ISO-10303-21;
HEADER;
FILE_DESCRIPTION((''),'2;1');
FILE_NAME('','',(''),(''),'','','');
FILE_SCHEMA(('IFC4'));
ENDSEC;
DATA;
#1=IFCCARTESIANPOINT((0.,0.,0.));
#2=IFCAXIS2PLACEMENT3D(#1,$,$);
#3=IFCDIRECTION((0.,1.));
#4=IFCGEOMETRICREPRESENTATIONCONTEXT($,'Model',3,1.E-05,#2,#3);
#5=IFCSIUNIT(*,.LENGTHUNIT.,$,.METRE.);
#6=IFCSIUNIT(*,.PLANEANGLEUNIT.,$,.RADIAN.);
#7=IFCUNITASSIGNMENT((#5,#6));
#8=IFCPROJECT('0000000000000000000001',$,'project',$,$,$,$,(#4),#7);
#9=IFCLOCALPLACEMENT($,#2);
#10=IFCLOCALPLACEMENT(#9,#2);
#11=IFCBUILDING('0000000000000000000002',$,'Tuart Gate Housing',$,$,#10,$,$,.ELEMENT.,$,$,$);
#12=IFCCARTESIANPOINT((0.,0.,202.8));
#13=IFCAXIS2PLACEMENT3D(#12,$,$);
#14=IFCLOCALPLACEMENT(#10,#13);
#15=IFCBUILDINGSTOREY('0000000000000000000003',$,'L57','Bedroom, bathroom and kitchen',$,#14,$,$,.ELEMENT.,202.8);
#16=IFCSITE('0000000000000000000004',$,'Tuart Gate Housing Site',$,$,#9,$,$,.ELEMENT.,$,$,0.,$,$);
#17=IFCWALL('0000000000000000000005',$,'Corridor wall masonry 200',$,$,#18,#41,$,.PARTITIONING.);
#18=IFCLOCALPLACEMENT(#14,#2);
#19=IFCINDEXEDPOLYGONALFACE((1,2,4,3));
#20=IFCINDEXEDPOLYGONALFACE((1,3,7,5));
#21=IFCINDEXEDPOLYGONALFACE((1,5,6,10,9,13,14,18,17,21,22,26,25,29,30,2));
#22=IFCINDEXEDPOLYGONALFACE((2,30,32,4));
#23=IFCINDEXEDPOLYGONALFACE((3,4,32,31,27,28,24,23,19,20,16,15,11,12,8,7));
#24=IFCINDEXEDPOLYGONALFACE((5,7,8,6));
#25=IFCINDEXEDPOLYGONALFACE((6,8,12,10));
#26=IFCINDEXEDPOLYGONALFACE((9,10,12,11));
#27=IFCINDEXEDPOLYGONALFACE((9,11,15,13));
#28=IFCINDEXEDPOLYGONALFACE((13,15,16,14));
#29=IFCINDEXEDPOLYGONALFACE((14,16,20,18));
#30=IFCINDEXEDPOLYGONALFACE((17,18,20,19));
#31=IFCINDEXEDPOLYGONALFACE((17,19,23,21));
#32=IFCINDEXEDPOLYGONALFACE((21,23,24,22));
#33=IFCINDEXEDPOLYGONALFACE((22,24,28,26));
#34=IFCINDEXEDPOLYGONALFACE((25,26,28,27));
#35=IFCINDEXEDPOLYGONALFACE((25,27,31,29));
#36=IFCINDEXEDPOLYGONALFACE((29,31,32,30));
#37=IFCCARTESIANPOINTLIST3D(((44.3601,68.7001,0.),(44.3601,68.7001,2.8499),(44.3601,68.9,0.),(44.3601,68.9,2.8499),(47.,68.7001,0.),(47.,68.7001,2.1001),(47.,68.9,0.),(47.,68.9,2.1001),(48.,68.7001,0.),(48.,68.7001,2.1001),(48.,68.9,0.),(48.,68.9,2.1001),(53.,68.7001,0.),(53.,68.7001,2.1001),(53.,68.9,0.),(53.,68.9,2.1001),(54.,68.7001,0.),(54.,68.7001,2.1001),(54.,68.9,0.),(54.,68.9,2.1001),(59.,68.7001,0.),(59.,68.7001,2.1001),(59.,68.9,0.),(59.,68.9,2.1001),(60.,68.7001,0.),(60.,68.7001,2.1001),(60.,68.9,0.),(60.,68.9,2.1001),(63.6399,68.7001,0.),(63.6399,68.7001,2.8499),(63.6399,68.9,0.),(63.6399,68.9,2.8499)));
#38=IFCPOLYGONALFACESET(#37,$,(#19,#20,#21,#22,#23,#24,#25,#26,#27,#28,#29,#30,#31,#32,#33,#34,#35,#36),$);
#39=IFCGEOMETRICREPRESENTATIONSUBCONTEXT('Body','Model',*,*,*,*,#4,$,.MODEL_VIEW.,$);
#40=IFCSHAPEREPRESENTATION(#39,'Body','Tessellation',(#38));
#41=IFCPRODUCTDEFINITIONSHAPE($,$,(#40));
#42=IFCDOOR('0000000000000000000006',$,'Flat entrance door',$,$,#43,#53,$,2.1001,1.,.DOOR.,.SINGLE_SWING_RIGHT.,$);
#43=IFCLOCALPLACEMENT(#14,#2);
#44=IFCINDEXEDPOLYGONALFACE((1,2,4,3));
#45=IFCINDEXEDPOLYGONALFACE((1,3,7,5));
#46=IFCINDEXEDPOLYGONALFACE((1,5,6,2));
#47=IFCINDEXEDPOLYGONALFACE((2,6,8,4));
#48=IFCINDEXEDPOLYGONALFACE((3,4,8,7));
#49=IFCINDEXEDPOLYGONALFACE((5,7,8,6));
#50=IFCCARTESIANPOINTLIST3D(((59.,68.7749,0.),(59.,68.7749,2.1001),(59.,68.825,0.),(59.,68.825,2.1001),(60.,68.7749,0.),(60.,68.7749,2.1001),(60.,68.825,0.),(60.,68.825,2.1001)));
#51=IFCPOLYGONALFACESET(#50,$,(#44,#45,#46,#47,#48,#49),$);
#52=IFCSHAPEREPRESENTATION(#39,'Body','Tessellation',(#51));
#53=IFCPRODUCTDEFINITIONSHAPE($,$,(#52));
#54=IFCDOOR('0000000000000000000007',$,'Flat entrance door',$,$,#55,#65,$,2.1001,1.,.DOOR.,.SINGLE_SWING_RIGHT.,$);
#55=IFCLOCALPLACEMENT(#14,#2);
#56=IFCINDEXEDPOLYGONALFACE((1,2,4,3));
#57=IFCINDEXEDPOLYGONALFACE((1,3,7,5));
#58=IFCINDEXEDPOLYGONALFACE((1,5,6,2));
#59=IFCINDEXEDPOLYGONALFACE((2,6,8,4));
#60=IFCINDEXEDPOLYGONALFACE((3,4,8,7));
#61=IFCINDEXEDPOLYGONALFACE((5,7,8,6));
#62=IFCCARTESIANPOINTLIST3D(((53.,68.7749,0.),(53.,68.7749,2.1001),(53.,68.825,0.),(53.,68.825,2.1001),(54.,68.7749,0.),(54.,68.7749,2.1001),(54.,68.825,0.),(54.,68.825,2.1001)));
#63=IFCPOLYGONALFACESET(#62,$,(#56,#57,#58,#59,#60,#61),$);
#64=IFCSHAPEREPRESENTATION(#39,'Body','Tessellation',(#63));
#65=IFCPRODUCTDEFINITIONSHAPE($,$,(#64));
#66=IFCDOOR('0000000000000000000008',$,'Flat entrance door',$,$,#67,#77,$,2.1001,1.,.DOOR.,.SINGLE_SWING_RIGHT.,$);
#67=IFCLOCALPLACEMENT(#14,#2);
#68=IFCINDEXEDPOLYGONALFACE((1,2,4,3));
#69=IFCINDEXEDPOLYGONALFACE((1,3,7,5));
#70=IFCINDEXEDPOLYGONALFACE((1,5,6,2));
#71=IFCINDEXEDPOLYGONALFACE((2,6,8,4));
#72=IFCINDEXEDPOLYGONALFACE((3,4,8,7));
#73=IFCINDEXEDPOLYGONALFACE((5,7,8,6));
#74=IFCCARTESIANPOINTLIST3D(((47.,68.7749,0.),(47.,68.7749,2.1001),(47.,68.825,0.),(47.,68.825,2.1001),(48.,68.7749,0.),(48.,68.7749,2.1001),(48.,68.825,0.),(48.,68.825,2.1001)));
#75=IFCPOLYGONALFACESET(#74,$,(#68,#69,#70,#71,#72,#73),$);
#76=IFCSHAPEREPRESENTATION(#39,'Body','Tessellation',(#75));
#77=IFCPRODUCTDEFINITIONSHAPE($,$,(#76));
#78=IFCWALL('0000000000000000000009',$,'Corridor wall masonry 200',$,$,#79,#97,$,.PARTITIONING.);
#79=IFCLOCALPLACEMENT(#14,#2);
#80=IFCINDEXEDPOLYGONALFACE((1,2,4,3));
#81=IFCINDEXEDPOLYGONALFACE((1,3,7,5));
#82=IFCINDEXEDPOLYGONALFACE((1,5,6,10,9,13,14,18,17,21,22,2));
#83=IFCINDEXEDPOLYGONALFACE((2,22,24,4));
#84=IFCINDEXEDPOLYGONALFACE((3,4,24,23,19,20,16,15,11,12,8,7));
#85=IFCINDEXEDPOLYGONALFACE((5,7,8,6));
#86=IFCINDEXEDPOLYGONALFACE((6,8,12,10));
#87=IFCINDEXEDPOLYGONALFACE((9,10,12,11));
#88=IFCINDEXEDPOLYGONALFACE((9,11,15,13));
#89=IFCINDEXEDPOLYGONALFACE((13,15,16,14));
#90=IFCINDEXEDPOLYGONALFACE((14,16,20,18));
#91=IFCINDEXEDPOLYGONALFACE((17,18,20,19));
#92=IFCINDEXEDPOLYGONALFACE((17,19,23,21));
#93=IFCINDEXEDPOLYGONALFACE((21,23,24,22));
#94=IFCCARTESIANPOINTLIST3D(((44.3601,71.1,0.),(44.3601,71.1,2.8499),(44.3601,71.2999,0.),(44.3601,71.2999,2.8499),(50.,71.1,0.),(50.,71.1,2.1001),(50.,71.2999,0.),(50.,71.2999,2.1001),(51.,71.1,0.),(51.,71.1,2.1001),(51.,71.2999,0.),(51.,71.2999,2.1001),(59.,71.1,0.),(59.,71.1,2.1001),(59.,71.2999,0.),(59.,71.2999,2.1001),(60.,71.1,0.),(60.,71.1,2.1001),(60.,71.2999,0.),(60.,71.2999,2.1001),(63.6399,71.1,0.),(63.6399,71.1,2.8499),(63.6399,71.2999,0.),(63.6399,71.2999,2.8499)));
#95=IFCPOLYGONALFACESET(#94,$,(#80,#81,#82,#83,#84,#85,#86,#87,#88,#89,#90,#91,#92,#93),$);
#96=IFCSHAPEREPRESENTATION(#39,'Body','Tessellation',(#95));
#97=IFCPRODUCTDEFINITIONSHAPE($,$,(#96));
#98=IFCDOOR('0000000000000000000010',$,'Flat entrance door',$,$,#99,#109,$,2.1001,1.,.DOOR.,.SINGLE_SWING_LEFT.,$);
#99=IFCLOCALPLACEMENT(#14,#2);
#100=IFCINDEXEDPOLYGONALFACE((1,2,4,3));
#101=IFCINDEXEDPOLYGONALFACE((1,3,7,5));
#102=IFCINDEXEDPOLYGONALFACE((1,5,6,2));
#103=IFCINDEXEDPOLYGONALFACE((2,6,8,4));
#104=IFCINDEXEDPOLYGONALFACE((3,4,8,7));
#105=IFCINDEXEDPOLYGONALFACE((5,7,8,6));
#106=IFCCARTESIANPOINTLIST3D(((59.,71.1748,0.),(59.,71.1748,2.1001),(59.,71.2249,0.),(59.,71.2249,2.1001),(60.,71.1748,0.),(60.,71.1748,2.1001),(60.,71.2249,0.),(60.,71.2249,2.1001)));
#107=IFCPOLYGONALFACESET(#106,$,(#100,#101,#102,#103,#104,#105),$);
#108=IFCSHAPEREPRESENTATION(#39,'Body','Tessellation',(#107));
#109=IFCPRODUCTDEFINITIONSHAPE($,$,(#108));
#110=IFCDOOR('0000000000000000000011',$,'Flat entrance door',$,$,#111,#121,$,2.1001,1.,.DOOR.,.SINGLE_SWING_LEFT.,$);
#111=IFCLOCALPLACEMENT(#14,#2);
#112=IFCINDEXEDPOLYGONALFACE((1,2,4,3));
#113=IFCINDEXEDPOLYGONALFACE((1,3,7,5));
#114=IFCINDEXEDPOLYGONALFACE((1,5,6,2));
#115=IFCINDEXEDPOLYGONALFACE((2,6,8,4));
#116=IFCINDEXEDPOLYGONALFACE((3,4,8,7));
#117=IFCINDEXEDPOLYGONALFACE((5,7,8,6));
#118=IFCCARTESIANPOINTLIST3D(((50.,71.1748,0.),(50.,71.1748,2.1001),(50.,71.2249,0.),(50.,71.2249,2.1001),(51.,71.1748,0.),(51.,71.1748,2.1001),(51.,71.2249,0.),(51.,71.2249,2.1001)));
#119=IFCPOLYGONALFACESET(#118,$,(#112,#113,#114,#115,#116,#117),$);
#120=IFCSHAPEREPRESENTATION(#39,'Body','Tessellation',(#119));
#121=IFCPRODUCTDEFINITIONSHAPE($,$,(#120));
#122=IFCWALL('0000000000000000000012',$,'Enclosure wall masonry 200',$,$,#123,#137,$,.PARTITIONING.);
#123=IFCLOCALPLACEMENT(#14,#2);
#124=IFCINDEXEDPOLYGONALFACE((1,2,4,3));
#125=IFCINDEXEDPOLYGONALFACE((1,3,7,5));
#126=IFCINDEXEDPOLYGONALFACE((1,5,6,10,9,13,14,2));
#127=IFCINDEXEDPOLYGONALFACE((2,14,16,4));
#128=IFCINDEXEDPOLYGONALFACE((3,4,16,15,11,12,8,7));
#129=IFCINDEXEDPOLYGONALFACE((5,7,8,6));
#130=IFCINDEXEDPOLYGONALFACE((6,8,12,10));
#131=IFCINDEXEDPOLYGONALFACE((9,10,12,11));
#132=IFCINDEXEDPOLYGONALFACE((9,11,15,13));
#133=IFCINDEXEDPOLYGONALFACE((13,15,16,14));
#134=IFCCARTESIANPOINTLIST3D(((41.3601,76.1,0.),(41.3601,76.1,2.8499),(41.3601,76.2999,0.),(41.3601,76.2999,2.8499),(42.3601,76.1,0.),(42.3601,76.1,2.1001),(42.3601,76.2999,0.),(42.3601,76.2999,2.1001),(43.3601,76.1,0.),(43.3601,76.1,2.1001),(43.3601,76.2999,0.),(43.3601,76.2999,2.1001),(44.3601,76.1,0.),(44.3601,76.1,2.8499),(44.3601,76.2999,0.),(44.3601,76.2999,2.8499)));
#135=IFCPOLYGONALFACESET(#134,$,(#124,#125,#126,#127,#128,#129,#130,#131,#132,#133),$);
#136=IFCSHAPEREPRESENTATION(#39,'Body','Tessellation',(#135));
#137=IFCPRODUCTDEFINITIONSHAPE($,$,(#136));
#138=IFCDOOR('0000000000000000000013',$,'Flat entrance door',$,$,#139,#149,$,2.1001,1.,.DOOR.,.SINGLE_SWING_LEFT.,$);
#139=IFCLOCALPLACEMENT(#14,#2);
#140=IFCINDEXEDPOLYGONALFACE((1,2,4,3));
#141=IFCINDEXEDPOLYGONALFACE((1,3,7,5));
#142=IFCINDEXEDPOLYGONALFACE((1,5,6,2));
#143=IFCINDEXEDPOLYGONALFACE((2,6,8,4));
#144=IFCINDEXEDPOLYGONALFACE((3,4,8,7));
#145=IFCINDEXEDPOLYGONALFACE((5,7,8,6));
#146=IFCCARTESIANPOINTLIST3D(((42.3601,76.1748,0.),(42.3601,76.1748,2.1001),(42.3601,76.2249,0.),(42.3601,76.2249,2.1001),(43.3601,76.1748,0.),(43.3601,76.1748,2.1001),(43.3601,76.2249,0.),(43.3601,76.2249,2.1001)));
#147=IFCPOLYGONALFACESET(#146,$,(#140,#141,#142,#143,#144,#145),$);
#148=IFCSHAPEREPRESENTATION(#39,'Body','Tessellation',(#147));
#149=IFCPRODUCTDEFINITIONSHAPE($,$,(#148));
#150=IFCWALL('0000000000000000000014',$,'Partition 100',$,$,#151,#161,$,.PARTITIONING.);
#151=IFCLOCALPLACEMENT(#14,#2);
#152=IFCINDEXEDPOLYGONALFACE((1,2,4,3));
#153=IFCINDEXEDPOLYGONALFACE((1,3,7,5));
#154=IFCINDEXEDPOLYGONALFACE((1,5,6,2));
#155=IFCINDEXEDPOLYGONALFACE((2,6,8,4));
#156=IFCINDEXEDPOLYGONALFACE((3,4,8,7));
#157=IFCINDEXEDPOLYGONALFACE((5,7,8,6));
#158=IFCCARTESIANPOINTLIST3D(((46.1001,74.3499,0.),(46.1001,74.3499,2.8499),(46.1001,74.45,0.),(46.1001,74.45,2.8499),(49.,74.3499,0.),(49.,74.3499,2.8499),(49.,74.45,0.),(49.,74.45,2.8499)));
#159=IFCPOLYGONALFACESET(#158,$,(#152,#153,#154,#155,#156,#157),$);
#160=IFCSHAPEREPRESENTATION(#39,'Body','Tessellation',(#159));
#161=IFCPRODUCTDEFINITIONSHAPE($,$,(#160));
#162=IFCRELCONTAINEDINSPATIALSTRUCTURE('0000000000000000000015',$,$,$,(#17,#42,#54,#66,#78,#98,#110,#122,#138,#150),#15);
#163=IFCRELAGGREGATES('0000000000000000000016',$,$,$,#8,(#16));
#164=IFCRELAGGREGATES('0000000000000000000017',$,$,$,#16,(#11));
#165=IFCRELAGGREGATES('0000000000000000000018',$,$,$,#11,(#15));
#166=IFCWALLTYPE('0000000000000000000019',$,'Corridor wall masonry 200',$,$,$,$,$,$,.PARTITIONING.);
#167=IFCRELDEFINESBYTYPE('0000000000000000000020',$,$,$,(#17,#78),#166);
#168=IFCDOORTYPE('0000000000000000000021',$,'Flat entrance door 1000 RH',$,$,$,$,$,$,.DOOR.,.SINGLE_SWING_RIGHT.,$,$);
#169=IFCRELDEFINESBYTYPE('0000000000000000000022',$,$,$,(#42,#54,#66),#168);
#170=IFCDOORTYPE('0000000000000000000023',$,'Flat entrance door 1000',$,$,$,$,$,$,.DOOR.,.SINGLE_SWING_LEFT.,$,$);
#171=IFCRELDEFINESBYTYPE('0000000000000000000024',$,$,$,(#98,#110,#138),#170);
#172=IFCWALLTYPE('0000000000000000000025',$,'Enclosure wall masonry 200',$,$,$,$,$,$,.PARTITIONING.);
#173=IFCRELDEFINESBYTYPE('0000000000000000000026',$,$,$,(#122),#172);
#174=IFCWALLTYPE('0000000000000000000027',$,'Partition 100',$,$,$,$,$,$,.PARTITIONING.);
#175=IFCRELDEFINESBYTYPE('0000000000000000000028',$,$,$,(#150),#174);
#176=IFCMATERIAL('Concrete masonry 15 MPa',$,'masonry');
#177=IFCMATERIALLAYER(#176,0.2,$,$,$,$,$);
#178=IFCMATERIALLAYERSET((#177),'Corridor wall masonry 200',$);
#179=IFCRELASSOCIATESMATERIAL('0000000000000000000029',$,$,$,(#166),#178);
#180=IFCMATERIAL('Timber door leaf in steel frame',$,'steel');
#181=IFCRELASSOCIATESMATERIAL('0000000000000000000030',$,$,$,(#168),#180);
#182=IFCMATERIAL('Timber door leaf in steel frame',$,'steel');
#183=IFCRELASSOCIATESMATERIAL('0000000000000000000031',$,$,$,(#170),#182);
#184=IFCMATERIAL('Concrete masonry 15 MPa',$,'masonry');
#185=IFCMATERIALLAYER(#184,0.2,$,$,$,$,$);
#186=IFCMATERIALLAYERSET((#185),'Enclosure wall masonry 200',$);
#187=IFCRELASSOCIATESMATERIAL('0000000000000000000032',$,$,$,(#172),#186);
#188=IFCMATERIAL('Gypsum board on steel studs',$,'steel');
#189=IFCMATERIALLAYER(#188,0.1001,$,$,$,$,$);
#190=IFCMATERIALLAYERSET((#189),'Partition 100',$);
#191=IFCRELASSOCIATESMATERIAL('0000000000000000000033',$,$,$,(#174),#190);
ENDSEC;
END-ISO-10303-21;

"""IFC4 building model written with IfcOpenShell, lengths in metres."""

from ifc_helpers import new_model, si_unit, direction, frame, frame_2d, origin, place, context, subcontext, project, spatial, rectangle, extrude, material, layer, layer_set, type_object, element, fill, save


model = new_model("IFC4")

# Units and contexts
model_context = context("Model", 3, precision=1e-05, world=origin(), true_north=direction((0.0, 1.0)))
body_context = subcontext(model_context, "Body", "Model", "MODEL_VIEW")
ifc_project = project(units=[si_unit("LENGTHUNIT", "METRE"), si_unit("PLANEANGLEUNIT", "RADIAN")], contexts=[model_context])

# Site, building, storey
site_placement = place(None, origin())
site = spatial("IfcSite", under=ifc_project, at=site_placement, Name="Tuart Gate Housing Site", CompositionType="ELEMENT", RefElevation=0.0)
building_placement = place(site_placement, origin())
building = spatial("IfcBuilding", under=site, at=building_placement, Name="Tuart Gate Housing", CompositionType="ELEMENT")
storey_placement = place(building_placement, frame((0.0, 0.0, 202.8)))
storey = spatial("IfcBuildingStorey", under=building, at=storey_placement, Name="L57", Description="Bedroom, bathroom and kitchen", CompositionType="ELEMENT", Elevation=202.8)

# Walls, openings, doors
ifc_material_1 = material(Name="Concrete masonry 15 MPa", Category="masonry")
ifc_layer_1 = layer(ifc_material_1, 0.2)
ifc_layer_set_1 = layer_set([ifc_layer_1], Name="Corridor wall masonry 200")
wall_type_1 = type_object("IfcWallType", Name="Corridor wall masonry 200", PredefinedType="PARTITIONING", material=ifc_layer_set_1)
wall_1_placement = place(storey_placement, frame((44.3601, 68.8, 0.0), z_axis=(0.0, 0.0, 1.0), x_axis=(1.0, 0.0, 0.0)))
wall_1 = element("IfcWall", 1, at=wall_1_placement, inside=storey, type_object=wall_type_1, Name="Corridor wall masonry 200", PredefinedType="PARTITIONING", context=body_context, shape_type="SweptSolid", body=[
    extrude(rectangle(XDim=19.2798, YDim=0.2, at=frame_2d((9.6399, 0.0))), origin(), (0.0, 0.0, 1.0), 2.8499),
])
opening_1_placement = place(wall_1_placement, frame((14.6399, 0.0, 0.0)))
opening_1 = element("IfcOpeningElement", 2, at=opening_1_placement, cuts=wall_1, PredefinedType="OPENING", context=body_context, shape_type="SweptSolid", body=[
    extrude(rectangle(XDim=1.0, YDim=2.1001, at=frame_2d((0.5, 1.05))), frame((0.0, 0.1099, 0.0), z_axis=(0.0, -1.0, 0.0), x_axis=(1.0, 0.0, 0.0)), (0.0, 0.0, 1.0), 0.22),
])
opening_2_placement = place(wall_1_placement, frame((8.6399, 0.0, 0.0)))
opening_2 = element("IfcOpeningElement", 3, at=opening_2_placement, cuts=wall_1, PredefinedType="OPENING", context=body_context, shape_type="SweptSolid", body=[
    extrude(rectangle(XDim=1.0, YDim=2.1001, at=frame_2d((0.5, 1.05))), frame((0.0, 0.1099, 0.0), z_axis=(0.0, -1.0, 0.0), x_axis=(1.0, 0.0, 0.0)), (0.0, 0.0, 1.0), 0.22),
])
opening_3_placement = place(wall_1_placement, frame((2.6399, 0.0, 0.0)))
opening_3 = element("IfcOpeningElement", 4, at=opening_3_placement, cuts=wall_1, PredefinedType="OPENING", context=body_context, shape_type="SweptSolid", body=[
    extrude(rectangle(XDim=1.0, YDim=2.1001, at=frame_2d((0.5, 1.05))), frame((0.0, 0.1099, 0.0), z_axis=(0.0, -1.0, 0.0), x_axis=(1.0, 0.0, 0.0)), (0.0, 0.0, 1.0), 0.22),
])
ifc_material_2 = material(Name="Timber door leaf in steel frame", Category="steel")
door_type_1 = type_object("IfcDoorType", Name="Flat entrance door 1000 RH", OperationType="SINGLE_SWING_RIGHT", PredefinedType="DOOR", material=ifc_material_2)
door_1_placement = place(opening_1_placement, frame((1.0, 0.0, 0.0), z_axis=(0.0, 0.0, 1.0), x_axis=(-1.0, 0.0, 0.0)))
door_1 = element("IfcDoor", 5, at=door_1_placement, inside=storey, type_object=door_type_1, Name="Flat entrance door", OperationType="SINGLE_SWING_RIGHT", OverallHeight=2.1001, OverallWidth=1.0, PredefinedType="DOOR", context=body_context, shape_type="SweptSolid", body=[
    extrude(rectangle(XDim=1.0, YDim=2.1001, at=frame_2d((0.5, 1.05))), frame((0.0, 0.0251, 0.0), z_axis=(0.0, -1.0, 0.0), x_axis=(1.0, 0.0, 0.0)), (0.0, 0.0, 1.0), 0.05),
])
fill(opening_1, door_1)
door_2_placement = place(opening_2_placement, frame((1.0, 0.0, 0.0), z_axis=(0.0, 0.0, 1.0), x_axis=(-1.0, 0.0, 0.0)))
door_2 = element("IfcDoor", 6, at=door_2_placement, inside=storey, type_object=door_type_1, Name="Flat entrance door", OperationType="SINGLE_SWING_RIGHT", OverallHeight=2.1001, OverallWidth=1.0, PredefinedType="DOOR", context=body_context, shape_type="SweptSolid", body=[
    extrude(rectangle(XDim=1.0, YDim=2.1001, at=frame_2d((0.5, 1.05))), frame((0.0, 0.0251, 0.0), z_axis=(0.0, -1.0, 0.0), x_axis=(1.0, 0.0, 0.0)), (0.0, 0.0, 1.0), 0.05),
])
fill(opening_2, door_2)
door_3_placement = place(opening_3_placement, frame((1.0, 0.0, 0.0), z_axis=(0.0, 0.0, 1.0), x_axis=(-1.0, 0.0, 0.0)))
door_3 = element("IfcDoor", 7, at=door_3_placement, inside=storey, type_object=door_type_1, Name="Flat entrance door", OperationType="SINGLE_SWING_RIGHT", OverallHeight=2.1001, OverallWidth=1.0, PredefinedType="DOOR", context=body_context, shape_type="SweptSolid", body=[
    extrude(rectangle(XDim=1.0, YDim=2.1001, at=frame_2d((0.5, 1.05))), frame((0.0, 0.0251, 0.0), z_axis=(0.0, -1.0, 0.0), x_axis=(1.0, 0.0, 0.0)), (0.0, 0.0, 1.0), 0.05),
])
fill(opening_3, door_3)
wall_2_placement = place(storey_placement, frame((44.3601, 71.2, 0.0), z_axis=(0.0, 0.0, 1.0), x_axis=(1.0, 0.0, 0.0)))
wall_2 = element("IfcWall", 8, at=wall_2_placement, inside=storey, type_object=wall_type_1, Name="Corridor wall masonry 200", PredefinedType="PARTITIONING", context=body_context, shape_type="SweptSolid", body=[
    extrude(rectangle(XDim=19.2798, YDim=0.2, at=frame_2d((9.6399, 0.0))), origin(), (0.0, 0.0, 1.0), 2.8499),
])
opening_4_placement = place(wall_2_placement, frame((14.6399, 0.0, 0.0)))
opening_4 = element("IfcOpeningElement", 9, at=opening_4_placement, cuts=wall_2, PredefinedType="OPENING", context=body_context, shape_type="SweptSolid", body=[
    extrude(rectangle(XDim=1.0, YDim=2.1001, at=frame_2d((0.5, 1.05))), frame((0.0, 0.1099, 0.0), z_axis=(0.0, -1.0, 0.0), x_axis=(1.0, 0.0, 0.0)), (0.0, 0.0, 1.0), 0.22),
])
opening_5_placement = place(wall_2_placement, frame((5.6399, 0.0, 0.0)))
opening_5 = element("IfcOpeningElement", 10, at=opening_5_placement, cuts=wall_2, PredefinedType="OPENING", context=body_context, shape_type="SweptSolid", body=[
    extrude(rectangle(XDim=1.0, YDim=2.1001, at=frame_2d((0.5, 1.05))), frame((0.0, 0.1099, 0.0), z_axis=(0.0, -1.0, 0.0), x_axis=(1.0, 0.0, 0.0)), (0.0, 0.0, 1.0), 0.22),
])
ifc_material_3 = material(Name="Timber door leaf in steel frame", Category="steel")
door_type_2 = type_object("IfcDoorType", Name="Flat entrance door 1000", OperationType="SINGLE_SWING_LEFT", PredefinedType="DOOR", material=ifc_material_3)
door_4_placement = place(opening_4_placement, origin())
door_4 = element("IfcDoor", 11, at=door_4_placement, inside=storey, type_object=door_type_2, Name="Flat entrance door", OperationType="SINGLE_SWING_LEFT", OverallHeight=2.1001, OverallWidth=1.0, PredefinedType="DOOR", context=body_context, shape_type="SweptSolid", body=[
    extrude(rectangle(XDim=1.0, YDim=2.1001, at=frame_2d((0.5, 1.05))), frame((0.0, 0.0249, 0.0), z_axis=(0.0, -1.0, 0.0), x_axis=(1.0, 0.0, 0.0)), (0.0, 0.0, 1.0), 0.05),
])
fill(opening_4, door_4)
door_5_placement = place(opening_5_placement, origin())
door_5 = element("IfcDoor", 12, at=door_5_placement, inside=storey, type_object=door_type_2, Name="Flat entrance door", OperationType="SINGLE_SWING_LEFT", OverallHeight=2.1001, OverallWidth=1.0, PredefinedType="DOOR", context=body_context, shape_type="SweptSolid", body=[
    extrude(rectangle(XDim=1.0, YDim=2.1001, at=frame_2d((0.5, 1.05))), frame((0.0, 0.0249, 0.0), z_axis=(0.0, -1.0, 0.0), x_axis=(1.0, 0.0, 0.0)), (0.0, 0.0, 1.0), 0.05),
])
fill(opening_5, door_5)

# Wall, opening, door
ifc_material_4 = material(Name="Concrete masonry 15 MPa", Category="masonry")
ifc_layer_2 = layer(ifc_material_4, 0.2)
ifc_layer_set_2 = layer_set([ifc_layer_2], Name="Enclosure wall masonry 200")
wall_type_2 = type_object("IfcWallType", Name="Enclosure wall masonry 200", PredefinedType="PARTITIONING", material=ifc_layer_set_2)
wall_3_placement = place(storey_placement, frame((41.3601, 76.2, 0.0), z_axis=(0.0, 0.0, 1.0), x_axis=(1.0, 0.0, 0.0)))
wall_3 = element("IfcWall", 13, at=wall_3_placement, inside=storey, type_object=wall_type_2, Name="Enclosure wall masonry 200", PredefinedType="PARTITIONING", context=body_context, shape_type="SweptSolid", body=[
    extrude(rectangle(XDim=3.0, YDim=0.2, at=frame_2d((1.5, 0.0))), origin(), (0.0, 0.0, 1.0), 2.8499),
])
opening_6_placement = place(wall_3_placement, frame((1.0, 0.0, 0.0)))
opening_6 = element("IfcOpeningElement", 14, at=opening_6_placement, cuts=wall_3, PredefinedType="OPENING", context=body_context, shape_type="SweptSolid", body=[
    extrude(rectangle(XDim=1.0, YDim=2.1001, at=frame_2d((0.5, 1.05))), frame((0.0, 0.1099, 0.0), z_axis=(0.0, -1.0, 0.0), x_axis=(1.0, 0.0, 0.0)), (0.0, 0.0, 1.0), 0.22),
])
door_6_placement = place(opening_6_placement, origin())
door_6 = element("IfcDoor", 15, at=door_6_placement, inside=storey, type_object=door_type_2, Name="Flat entrance door", OperationType="SINGLE_SWING_LEFT", OverallHeight=2.1001, OverallWidth=1.0, PredefinedType="DOOR", context=body_context, shape_type="SweptSolid", body=[
    extrude(rectangle(XDim=1.0, YDim=2.1001, at=frame_2d((0.5, 1.05))), frame((0.0, 0.0249, 0.0), z_axis=(0.0, -1.0, 0.0), x_axis=(1.0, 0.0, 0.0)), (0.0, 0.0, 1.0), 0.05),
])
fill(opening_6, door_6)

# Wall
ifc_material_5 = material(Name="Gypsum board on steel studs", Category="steel")
ifc_layer_3 = layer(ifc_material_5, 0.1001)
ifc_layer_set_3 = layer_set([ifc_layer_3], Name="Partition 100")
wall_type_3 = type_object("IfcWallType", Name="Partition 100", PredefinedType="PARTITIONING", material=ifc_layer_set_3)
wall_4_placement = place(storey_placement, frame((46.1001, 74.3999, 0.0), z_axis=(0.0, 0.0, 1.0), x_axis=(1.0, 0.0, 0.0)))
element("IfcWall", 16, at=wall_4_placement, inside=storey, type_object=wall_type_3, Name="Partition 100", PredefinedType="PARTITIONING", context=body_context, shape_type="SweptSolid", body=[
    extrude(rectangle(XDim=2.8999, YDim=0.1001, at=frame_2d((1.45, 0.0))), origin(), (0.0, 0.0, 1.0), 2.8499),
])

save(model, "model.ifc")
